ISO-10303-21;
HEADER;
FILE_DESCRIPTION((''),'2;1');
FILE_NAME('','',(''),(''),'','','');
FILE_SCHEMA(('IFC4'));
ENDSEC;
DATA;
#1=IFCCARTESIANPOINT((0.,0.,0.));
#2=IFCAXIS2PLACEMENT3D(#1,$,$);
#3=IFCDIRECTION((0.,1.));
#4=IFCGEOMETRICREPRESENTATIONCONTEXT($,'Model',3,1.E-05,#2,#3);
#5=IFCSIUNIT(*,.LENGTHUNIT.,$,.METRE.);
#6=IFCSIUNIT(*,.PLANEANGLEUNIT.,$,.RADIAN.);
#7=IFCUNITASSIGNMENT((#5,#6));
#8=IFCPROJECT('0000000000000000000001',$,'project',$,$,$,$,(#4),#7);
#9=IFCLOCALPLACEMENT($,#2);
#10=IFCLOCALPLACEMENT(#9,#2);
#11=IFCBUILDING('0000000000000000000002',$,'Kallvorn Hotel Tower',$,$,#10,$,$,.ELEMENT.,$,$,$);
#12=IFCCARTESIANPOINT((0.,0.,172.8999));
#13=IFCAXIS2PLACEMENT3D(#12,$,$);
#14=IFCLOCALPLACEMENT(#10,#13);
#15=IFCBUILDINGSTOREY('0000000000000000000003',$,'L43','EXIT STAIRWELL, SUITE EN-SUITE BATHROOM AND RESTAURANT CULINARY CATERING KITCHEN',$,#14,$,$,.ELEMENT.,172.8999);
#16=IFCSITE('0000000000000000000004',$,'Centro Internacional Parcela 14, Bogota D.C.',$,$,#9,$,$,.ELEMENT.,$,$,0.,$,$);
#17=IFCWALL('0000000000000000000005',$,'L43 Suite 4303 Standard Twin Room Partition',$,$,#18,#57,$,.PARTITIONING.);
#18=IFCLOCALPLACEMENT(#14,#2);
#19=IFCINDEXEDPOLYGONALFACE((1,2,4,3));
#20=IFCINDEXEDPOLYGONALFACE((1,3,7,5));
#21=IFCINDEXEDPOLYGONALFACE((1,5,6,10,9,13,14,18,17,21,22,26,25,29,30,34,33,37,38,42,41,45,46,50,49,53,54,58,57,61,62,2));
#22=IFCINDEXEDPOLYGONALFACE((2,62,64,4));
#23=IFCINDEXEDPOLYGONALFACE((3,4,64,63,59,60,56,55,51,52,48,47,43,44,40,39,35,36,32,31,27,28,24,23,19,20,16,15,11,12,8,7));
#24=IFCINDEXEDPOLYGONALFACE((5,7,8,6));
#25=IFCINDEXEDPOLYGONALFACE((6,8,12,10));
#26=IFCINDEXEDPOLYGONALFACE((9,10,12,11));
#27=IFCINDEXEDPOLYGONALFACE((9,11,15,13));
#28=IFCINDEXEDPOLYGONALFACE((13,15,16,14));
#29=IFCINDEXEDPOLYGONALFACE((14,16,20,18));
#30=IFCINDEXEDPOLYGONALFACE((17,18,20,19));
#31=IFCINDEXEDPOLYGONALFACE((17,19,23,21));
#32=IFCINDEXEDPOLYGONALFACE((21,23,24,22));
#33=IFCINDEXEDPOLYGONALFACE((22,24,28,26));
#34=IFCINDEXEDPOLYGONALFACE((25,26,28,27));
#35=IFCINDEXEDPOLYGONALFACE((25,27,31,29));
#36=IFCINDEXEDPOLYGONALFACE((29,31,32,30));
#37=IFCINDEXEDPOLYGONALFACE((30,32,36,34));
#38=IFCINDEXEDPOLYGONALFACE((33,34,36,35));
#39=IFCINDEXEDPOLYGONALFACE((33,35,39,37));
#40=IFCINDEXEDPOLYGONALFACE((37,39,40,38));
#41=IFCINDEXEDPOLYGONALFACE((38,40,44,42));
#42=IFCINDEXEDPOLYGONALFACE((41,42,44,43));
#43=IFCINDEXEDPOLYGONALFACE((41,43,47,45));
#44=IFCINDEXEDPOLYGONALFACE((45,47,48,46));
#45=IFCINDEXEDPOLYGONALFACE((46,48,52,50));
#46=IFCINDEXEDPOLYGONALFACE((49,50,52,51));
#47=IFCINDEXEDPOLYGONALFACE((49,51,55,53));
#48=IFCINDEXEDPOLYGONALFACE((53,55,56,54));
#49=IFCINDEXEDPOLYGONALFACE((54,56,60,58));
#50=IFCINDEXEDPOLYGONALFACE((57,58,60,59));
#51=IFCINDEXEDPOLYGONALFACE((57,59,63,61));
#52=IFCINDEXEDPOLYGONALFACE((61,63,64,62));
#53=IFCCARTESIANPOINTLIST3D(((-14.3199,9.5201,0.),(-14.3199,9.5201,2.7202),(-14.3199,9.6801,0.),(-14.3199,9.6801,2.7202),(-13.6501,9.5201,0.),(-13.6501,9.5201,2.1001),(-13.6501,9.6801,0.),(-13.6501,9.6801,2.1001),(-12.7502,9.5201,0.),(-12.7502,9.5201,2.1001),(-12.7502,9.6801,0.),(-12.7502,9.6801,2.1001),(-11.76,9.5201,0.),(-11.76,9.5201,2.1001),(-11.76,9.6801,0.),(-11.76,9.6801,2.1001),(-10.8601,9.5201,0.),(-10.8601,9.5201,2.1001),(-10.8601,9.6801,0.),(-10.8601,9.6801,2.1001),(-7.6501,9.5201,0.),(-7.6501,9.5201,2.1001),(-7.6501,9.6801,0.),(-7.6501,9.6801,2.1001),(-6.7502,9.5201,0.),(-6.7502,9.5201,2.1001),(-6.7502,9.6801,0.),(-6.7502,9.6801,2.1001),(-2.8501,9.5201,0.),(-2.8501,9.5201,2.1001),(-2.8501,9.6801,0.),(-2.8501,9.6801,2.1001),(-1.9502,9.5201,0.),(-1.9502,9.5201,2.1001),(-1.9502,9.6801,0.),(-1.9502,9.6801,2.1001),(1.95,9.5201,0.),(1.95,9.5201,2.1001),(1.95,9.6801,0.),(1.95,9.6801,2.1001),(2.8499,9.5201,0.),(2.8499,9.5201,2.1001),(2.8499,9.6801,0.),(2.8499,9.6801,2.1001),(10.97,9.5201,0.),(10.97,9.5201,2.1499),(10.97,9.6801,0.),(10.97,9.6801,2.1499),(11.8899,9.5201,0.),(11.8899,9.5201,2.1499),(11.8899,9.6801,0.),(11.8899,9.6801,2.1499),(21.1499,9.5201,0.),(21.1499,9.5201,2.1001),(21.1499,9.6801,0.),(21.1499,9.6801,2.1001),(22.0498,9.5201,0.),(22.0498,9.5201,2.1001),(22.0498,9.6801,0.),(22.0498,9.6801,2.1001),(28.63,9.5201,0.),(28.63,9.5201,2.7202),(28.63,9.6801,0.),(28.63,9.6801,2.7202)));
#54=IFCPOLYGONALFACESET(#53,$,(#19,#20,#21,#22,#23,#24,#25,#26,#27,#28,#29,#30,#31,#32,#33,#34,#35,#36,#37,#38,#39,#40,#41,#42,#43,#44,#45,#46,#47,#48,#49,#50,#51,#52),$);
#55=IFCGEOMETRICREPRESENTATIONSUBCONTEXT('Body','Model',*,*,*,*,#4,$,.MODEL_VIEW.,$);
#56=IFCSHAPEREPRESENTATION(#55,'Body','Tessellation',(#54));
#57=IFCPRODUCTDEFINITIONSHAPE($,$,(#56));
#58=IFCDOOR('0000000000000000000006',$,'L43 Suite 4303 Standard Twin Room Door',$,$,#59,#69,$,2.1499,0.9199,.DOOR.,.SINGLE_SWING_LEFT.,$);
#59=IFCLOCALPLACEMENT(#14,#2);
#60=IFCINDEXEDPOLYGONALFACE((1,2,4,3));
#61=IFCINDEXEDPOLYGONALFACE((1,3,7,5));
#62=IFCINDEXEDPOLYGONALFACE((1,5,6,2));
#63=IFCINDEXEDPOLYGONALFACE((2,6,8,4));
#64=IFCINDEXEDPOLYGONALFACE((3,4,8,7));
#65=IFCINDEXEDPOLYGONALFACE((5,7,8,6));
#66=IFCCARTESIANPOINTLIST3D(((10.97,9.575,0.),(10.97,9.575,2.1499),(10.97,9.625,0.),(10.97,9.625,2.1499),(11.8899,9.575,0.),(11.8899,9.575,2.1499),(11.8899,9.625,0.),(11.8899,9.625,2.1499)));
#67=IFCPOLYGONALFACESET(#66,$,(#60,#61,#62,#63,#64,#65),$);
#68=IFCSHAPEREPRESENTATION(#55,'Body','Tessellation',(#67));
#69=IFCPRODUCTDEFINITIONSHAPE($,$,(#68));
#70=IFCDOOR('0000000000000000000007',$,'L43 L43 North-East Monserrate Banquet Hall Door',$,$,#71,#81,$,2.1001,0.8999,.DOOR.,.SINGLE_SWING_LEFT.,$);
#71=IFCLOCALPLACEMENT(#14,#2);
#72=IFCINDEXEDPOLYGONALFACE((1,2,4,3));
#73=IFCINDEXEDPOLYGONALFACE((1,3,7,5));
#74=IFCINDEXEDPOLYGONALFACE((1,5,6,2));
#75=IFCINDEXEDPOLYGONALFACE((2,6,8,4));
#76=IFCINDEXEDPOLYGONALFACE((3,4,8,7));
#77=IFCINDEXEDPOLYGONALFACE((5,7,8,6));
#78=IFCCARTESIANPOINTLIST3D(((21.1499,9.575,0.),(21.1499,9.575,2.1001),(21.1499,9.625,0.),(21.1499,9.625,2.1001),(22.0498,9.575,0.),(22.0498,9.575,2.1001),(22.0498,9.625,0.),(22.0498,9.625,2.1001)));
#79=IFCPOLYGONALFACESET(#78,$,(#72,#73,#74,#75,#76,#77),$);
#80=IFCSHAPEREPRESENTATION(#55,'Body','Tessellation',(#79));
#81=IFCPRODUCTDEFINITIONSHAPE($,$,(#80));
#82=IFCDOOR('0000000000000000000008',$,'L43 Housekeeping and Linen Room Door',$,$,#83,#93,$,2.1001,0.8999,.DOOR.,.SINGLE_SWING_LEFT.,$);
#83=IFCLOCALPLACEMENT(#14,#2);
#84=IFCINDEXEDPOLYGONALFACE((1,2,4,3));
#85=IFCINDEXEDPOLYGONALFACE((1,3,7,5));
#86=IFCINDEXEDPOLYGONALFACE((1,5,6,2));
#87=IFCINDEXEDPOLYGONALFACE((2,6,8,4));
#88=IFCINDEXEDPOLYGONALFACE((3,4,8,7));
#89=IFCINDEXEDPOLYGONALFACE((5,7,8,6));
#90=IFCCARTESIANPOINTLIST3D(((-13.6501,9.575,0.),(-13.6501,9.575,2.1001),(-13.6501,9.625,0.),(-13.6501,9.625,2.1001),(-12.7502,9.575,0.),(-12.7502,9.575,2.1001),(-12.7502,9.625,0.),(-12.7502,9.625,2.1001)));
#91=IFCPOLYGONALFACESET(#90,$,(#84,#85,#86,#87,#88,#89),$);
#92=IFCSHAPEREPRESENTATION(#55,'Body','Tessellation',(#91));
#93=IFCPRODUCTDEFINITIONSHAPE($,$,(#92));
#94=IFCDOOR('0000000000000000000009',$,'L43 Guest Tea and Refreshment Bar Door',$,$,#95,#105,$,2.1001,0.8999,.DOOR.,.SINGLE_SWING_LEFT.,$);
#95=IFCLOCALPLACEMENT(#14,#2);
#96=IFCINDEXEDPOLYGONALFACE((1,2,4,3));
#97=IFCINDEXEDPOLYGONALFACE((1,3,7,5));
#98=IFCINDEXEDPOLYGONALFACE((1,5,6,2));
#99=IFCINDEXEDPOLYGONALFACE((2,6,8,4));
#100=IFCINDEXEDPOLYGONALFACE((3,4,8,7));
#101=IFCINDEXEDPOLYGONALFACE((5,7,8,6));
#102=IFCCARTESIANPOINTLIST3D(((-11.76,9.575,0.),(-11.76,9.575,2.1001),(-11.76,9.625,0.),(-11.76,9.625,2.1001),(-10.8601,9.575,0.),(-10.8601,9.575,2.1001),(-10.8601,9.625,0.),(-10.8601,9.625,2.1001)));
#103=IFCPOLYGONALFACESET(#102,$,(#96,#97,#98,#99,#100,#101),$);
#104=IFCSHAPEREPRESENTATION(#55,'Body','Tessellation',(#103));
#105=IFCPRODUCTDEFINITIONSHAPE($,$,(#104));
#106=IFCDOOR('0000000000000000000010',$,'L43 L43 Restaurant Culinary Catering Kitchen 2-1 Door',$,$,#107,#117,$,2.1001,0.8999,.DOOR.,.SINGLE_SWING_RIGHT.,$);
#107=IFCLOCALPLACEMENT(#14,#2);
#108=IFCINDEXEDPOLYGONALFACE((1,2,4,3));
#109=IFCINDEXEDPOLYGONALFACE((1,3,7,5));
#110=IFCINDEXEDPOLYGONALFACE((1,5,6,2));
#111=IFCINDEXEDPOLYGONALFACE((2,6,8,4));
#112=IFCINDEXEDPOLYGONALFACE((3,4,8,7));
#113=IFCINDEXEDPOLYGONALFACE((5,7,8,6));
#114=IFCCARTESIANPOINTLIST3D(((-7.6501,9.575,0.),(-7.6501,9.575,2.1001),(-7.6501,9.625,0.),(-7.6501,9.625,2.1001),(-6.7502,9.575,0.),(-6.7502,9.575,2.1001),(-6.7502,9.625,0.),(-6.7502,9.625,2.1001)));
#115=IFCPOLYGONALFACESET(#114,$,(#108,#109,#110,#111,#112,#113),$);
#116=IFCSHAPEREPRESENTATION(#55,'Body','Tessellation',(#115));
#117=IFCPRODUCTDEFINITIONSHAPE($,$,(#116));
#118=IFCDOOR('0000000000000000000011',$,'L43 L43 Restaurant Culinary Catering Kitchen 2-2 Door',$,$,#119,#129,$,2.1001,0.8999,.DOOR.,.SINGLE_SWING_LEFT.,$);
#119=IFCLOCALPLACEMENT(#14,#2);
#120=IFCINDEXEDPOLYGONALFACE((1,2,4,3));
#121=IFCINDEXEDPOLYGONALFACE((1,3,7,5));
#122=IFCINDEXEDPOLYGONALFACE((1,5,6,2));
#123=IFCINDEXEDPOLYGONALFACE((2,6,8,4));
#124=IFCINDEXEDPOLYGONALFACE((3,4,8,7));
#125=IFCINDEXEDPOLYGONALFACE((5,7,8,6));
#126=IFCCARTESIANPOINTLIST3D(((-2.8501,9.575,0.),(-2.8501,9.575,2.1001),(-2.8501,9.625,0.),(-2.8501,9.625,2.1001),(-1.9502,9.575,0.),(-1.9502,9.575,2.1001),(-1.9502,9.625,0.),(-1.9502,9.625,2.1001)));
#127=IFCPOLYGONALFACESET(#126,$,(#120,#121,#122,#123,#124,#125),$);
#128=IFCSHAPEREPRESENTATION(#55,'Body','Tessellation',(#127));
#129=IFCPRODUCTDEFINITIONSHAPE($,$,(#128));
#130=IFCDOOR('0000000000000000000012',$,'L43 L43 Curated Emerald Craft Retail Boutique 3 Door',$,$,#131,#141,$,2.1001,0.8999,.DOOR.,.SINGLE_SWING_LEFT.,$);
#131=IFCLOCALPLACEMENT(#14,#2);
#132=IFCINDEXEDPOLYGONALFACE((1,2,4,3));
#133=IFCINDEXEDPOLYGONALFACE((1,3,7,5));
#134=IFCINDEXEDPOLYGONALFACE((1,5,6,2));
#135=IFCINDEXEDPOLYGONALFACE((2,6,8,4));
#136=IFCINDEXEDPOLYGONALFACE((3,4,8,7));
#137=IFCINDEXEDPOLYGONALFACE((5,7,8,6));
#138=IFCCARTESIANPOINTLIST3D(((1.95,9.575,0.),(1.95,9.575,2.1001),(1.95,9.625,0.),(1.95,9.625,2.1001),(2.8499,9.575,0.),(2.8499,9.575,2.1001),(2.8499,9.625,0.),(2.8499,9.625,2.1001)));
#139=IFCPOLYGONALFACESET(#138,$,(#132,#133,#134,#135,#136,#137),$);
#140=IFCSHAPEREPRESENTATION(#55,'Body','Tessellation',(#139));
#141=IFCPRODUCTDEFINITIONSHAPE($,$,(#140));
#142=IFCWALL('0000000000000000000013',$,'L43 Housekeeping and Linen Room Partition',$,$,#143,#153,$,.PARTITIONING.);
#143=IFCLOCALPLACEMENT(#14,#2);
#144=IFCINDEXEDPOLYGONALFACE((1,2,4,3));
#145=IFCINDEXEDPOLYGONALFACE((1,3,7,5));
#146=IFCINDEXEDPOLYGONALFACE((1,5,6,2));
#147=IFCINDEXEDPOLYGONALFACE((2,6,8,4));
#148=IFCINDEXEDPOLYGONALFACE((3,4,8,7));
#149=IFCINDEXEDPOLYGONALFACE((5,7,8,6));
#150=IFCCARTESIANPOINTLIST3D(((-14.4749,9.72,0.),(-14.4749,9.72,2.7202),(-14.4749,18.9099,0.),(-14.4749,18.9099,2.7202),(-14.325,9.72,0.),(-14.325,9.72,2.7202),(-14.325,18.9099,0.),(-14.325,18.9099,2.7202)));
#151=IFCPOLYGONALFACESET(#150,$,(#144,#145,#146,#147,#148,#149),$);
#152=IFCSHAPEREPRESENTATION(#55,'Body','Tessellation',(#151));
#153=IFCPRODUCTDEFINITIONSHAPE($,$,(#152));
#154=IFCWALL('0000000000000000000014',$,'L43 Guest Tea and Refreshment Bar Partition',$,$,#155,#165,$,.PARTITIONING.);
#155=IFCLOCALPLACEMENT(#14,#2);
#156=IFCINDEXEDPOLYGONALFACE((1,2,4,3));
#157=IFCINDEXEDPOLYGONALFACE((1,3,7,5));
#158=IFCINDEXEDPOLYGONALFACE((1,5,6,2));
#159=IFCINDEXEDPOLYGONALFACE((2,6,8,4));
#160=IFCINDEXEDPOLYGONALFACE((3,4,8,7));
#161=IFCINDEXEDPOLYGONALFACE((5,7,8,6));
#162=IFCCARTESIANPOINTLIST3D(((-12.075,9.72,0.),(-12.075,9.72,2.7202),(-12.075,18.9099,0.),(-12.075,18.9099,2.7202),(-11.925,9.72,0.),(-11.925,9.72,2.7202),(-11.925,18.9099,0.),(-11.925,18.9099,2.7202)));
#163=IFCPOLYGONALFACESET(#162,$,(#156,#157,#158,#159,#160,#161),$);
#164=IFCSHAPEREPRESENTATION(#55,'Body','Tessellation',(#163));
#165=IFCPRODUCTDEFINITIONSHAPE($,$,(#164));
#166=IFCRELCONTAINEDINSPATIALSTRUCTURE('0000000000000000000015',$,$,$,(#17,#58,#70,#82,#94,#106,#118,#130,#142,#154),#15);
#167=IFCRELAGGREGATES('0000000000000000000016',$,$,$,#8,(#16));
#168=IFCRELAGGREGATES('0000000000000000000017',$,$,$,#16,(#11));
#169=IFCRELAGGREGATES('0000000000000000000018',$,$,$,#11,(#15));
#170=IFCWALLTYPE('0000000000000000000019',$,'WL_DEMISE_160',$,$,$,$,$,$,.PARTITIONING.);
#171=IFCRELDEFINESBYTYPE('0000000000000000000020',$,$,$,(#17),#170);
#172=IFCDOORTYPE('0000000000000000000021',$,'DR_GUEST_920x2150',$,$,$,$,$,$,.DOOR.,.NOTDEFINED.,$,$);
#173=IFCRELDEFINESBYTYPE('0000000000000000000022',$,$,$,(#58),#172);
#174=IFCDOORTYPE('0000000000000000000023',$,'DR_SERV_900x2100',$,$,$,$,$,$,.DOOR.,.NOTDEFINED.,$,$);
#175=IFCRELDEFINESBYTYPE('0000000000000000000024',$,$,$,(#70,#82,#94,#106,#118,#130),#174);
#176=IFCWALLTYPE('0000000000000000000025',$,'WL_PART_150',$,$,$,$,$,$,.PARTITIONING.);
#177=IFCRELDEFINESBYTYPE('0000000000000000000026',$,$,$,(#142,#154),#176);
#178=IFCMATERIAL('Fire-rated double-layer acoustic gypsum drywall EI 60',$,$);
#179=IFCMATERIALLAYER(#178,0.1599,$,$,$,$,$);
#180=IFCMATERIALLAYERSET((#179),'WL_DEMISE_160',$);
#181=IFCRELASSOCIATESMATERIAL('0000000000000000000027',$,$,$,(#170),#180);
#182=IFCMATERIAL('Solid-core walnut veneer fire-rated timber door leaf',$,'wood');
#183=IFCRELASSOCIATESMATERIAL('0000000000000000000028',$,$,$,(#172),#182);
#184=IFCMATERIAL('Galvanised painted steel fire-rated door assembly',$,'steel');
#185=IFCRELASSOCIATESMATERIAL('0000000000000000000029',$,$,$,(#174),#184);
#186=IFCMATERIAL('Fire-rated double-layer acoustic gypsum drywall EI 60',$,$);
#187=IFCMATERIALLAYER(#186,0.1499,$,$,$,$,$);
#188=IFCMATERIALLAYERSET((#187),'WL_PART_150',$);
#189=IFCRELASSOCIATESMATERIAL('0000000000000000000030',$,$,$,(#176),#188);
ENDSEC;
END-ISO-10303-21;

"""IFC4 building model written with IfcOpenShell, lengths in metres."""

from ifc_helpers import new_model, si_unit, direction, frame, frame_2d, origin, place, context, subcontext, project, spatial, rectangle, extrude, material, layer, layer_set, type_object, element, fill, save


model = new_model("IFC4")

# Units and contexts
model_context = context("Model", 3, precision=1e-05, world=origin(), true_north=direction((0.0, 1.0)))
body_context = subcontext(model_context, "Body", "Model", "MODEL_VIEW")
ifc_project = project(units=[si_unit("LENGTHUNIT", "METRE"), si_unit("PLANEANGLEUNIT", "RADIAN")], contexts=[model_context])

# Site, building, storey
site_placement = place(None, origin())
site = spatial("IfcSite", under=ifc_project, at=site_placement, Name="Centro Internacional Parcela 14, Bogota D.C.", CompositionType="ELEMENT", RefElevation=0.0)
building_placement = place(site_placement, origin())
building = spatial("IfcBuilding", under=site, at=building_placement, Name="Kallvorn Hotel Tower", CompositionType="ELEMENT")
storey_placement = place(building_placement, frame((0.0, 0.0, 172.8999)))
storey = spatial("IfcBuildingStorey", under=building, at=storey_placement, Name="L43", Description="EXIT STAIRWELL, SUITE EN-SUITE BATHROOM AND RESTAURANT CULINARY CATERING KITCHEN", CompositionType="ELEMENT", Elevation=172.8999)

# Wall, openings, doors
ifc_material_1 = material(Name="Fire-rated double-layer acoustic gypsum drywall EI 60")
ifc_layer_1 = layer(ifc_material_1, 0.1599)
ifc_layer_set_1 = layer_set([ifc_layer_1], Name="WL_DEMISE_160")
wall_type_1 = type_object("IfcWallType", Name="WL_DEMISE_160", PredefinedType="PARTITIONING", material=ifc_layer_set_1)
wall_placement = place(storey_placement, frame((-14.3201, 9.6001, 0.0), z_axis=(0.0, 0.0, 1.0), x_axis=(1.0, 0.0, 0.0)))
wall = element("IfcWall", 1, at=wall_placement, inside=storey, type_object=wall_type_1, Name="L43 Suite 4303 Standard Twin Room Partition", PredefinedType="PARTITIONING", context=body_context, shape_type="SweptSolid", body=[
    extrude(rectangle(XDim=42.95, YDim=0.1599, at=frame_2d((21.4751, 0.0))), origin(), (0.0, 0.0, 1.0), 2.7202),
])
opening_1_placement = place(wall_placement, frame((35.47, 0.0, 0.0)))
opening_1 = element("IfcOpeningElement", 2, at=opening_1_placement, cuts=wall, PredefinedType="OPENING", context=body_context, shape_type="SweptSolid", body=[
    extrude(rectangle(XDim=0.8999, YDim=2.1001, at=frame_2d((0.45, 1.05))), frame((0.0, 0.095, 0.0), z_axis=(0.0, -1.0, 0.0), x_axis=(1.0, 0.0, 0.0)), (0.0, 0.0, 1.0), 0.1899),
])
opening_2_placement = place(wall_placement, frame((0.6699, 0.0, 0.0)))
opening_2 = element("IfcOpeningElement", 3, at=opening_2_placement, cuts=wall, PredefinedType="OPENING", context=body_context, shape_type="SweptSolid", body=[
    extrude(rectangle(XDim=0.8999, YDim=2.1001, at=frame_2d((0.45, 1.05))), frame((0.0, 0.095, 0.0), z_axis=(0.0, -1.0, 0.0), x_axis=(1.0, 0.0, 0.0)), (0.0, 0.0, 1.0), 0.1899),
])
opening_3_placement = place(wall_placement, frame((2.5601, 0.0, 0.0)))
opening_3 = element("IfcOpeningElement", 4, at=opening_3_placement, cuts=wall, PredefinedType="OPENING", context=body_context, shape_type="SweptSolid", body=[
    extrude(rectangle(XDim=0.8999, YDim=2.1001, at=frame_2d((0.45, 1.05))), frame((0.0, 0.095, 0.0), z_axis=(0.0, -1.0, 0.0), x_axis=(1.0, 0.0, 0.0)), (0.0, 0.0, 1.0), 0.1899),
])
opening_4_placement = place(wall_placement, frame((6.6699, 0.0, 0.0)))
opening_4 = element("IfcOpeningElement", 5, at=opening_4_placement, cuts=wall, PredefinedType="OPENING", context=body_context, shape_type="SweptSolid", body=[
    extrude(rectangle(XDim=0.8999, YDim=2.1001, at=frame_2d((0.45, 1.05))), frame((0.0, 0.095, 0.0), z_axis=(0.0, -1.0, 0.0), x_axis=(1.0, 0.0, 0.0)), (0.0, 0.0, 1.0), 0.1899),
])
opening_5_placement = place(wall_placement, frame((11.47, 0.0, 0.0)))
opening_5 = element("IfcOpeningElement", 6, at=opening_5_placement, cuts=wall, PredefinedType="OPENING", context=body_context, shape_type="SweptSolid", body=[
    extrude(rectangle(XDim=0.8999, YDim=2.1001, at=frame_2d((0.45, 1.05))), frame((0.0, 0.095, 0.0), z_axis=(0.0, -1.0, 0.0), x_axis=(1.0, 0.0, 0.0)), (0.0, 0.0, 1.0), 0.1899),
])
opening_6_placement = place(wall_placement, frame((16.27, 0.0, 0.0)))
opening_6 = element("IfcOpeningElement", 7, at=opening_6_placement, cuts=wall, PredefinedType="OPENING", context=body_context, shape_type="SweptSolid", body=[
    extrude(rectangle(XDim=0.8999, YDim=2.1001, at=frame_2d((0.45, 1.05))), frame((0.0, 0.095, 0.0), z_axis=(0.0, -1.0, 0.0), x_axis=(1.0, 0.0, 0.0)), (0.0, 0.0, 1.0), 0.1899),
])
opening_7_placement = place(wall_placement, frame((25.29, 0.0, 0.0)))
opening_7 = element("IfcOpeningElement", 8, at=opening_7_placement, cuts=wall, PredefinedType="OPENING", context=body_context, shape_type="SweptSolid", body=[
    extrude(rectangle(XDim=0.9199, YDim=2.1499, at=frame_2d((0.46, 1.075))), frame((0.0, 0.095, 0.0), z_axis=(0.0, -1.0, 0.0), x_axis=(1.0, 0.0, 0.0)), (0.0, 0.0, 1.0), 0.1899),
])
ifc_material_2 = material(Name="Solid-core walnut veneer fire-rated timber door leaf", Category="wood")
door_type_1 = type_object("IfcDoorType", Name="DR_GUEST_920x2150", OperationType="NOTDEFINED", PredefinedType="DOOR", material=ifc_material_2)
door_1_placement = place(opening_7_placement, origin())
door_1 = element("IfcDoor", 9, at=door_1_placement, inside=storey, type_object=door_type_1, Name="L43 Suite 4303 Standard Twin Room Door", OperationType="SINGLE_SWING_LEFT", OverallHeight=2.1499, OverallWidth=0.9199, PredefinedType="DOOR", context=body_context, shape_type="SweptSolid", body=[
    extrude(rectangle(XDim=0.9199, YDim=2.1499, at=frame_2d((0.46, 1.075))), frame((0.0, 0.0249, 0.0), z_axis=(0.0, -1.0, 0.0), x_axis=(1.0, 0.0, 0.0)), (0.0, 0.0, 1.0), 0.05),
])
fill(opening_7, door_1)
ifc_material_3 = material(Name="Galvanised painted steel fire-rated door assembly", Category="steel")
door_type_2 = type_object("IfcDoorType", Name="DR_SERV_900x2100", OperationType="NOTDEFINED", PredefinedType="DOOR", material=ifc_material_3)
door_2_placement = place(opening_1_placement, origin())
door_2 = element("IfcDoor", 10, at=door_2_placement, inside=storey, type_object=door_type_2, Name="L43 L43 North-East Monserrate Banquet Hall Door", OperationType="SINGLE_SWING_LEFT", OverallHeight=2.1001, OverallWidth=0.8999, PredefinedType="DOOR", context=body_context, shape_type="SweptSolid", body=[
    extrude(rectangle(XDim=0.8999, YDim=2.1001, at=frame_2d((0.45, 1.05))), frame((0.0, 0.0249, 0.0), z_axis=(0.0, -1.0, 0.0), x_axis=(1.0, 0.0, 0.0)), (0.0, 0.0, 1.0), 0.05),
])
fill(opening_1, door_2)
door_3_placement = place(opening_2_placement, origin())
door_3 = element("IfcDoor", 11, at=door_3_placement, inside=storey, type_object=door_type_2, Name="L43 Housekeeping and Linen Room Door", OperationType="SINGLE_SWING_LEFT", OverallHeight=2.1001, OverallWidth=0.8999, PredefinedType="DOOR", context=body_context, shape_type="SweptSolid", body=[
    extrude(rectangle(XDim=0.8999, YDim=2.1001, at=frame_2d((0.45, 1.05))), frame((0.0, 0.0249, 0.0), z_axis=(0.0, -1.0, 0.0), x_axis=(1.0, 0.0, 0.0)), (0.0, 0.0, 1.0), 0.05),
])
fill(opening_2, door_3)
door_4_placement = place(opening_3_placement, origin())
door_4 = element("IfcDoor", 12, at=door_4_placement, inside=storey, type_object=door_type_2, Name="L43 Guest Tea and Refreshment Bar Door", OperationType="SINGLE_SWING_LEFT", OverallHeight=2.1001, OverallWidth=0.8999, PredefinedType="DOOR", context=body_context, shape_type="SweptSolid", body=[
    extrude(rectangle(XDim=0.8999, YDim=2.1001, at=frame_2d((0.45, 1.05))), frame((0.0, 0.0249, 0.0), z_axis=(0.0, -1.0, 0.0), x_axis=(1.0, 0.0, 0.0)), (0.0, 0.0, 1.0), 0.05),
])
fill(opening_3, door_4)
door_5_placement = place(opening_4_placement, origin())
door_5 = element("IfcDoor", 13, at=door_5_placement, inside=storey, type_object=door_type_2, Name="L43 L43 Restaurant Culinary Catering Kitchen 2-1 Door", OperationType="SINGLE_SWING_RIGHT", OverallHeight=2.1001, OverallWidth=0.8999, PredefinedType="DOOR", context=body_context, shape_type="SweptSolid", body=[
    extrude(rectangle(XDim=0.8999, YDim=2.1001, at=frame_2d((0.45, 1.05))), frame((0.0, 0.0249, 0.0), z_axis=(0.0, -1.0, 0.0), x_axis=(1.0, 0.0, 0.0)), (0.0, 0.0, 1.0), 0.05),
])
fill(opening_4, door_5)
door_6_placement = place(opening_5_placement, origin())
door_6 = element("IfcDoor", 14, at=door_6_placement, inside=storey, type_object=door_type_2, Name="L43 L43 Restaurant Culinary Catering Kitchen 2-2 Door", OperationType="SINGLE_SWING_LEFT", OverallHeight=2.1001, OverallWidth=0.8999, PredefinedType="DOOR", context=body_context, shape_type="SweptSolid", body=[
    extrude(rectangle(XDim=0.8999, YDim=2.1001, at=frame_2d((0.45, 1.05))), frame((0.0, 0.0249, 0.0), z_axis=(0.0, -1.0, 0.0), x_axis=(1.0, 0.0, 0.0)), (0.0, 0.0, 1.0), 0.05),
])
fill(opening_5, door_6)
door_7_placement = place(opening_6_placement, origin())
door_7 = element("IfcDoor", 15, at=door_7_placement, inside=storey, type_object=door_type_2, Name="L43 L43 Curated Emerald Craft Retail Boutique 3 Door", OperationType="SINGLE_SWING_LEFT", OverallHeight=2.1001, OverallWidth=0.8999, PredefinedType="DOOR", context=body_context, shape_type="SweptSolid", body=[
    extrude(rectangle(XDim=0.8999, YDim=2.1001, at=frame_2d((0.45, 1.05))), frame((0.0, 0.0249, 0.0), z_axis=(0.0, -1.0, 0.0), x_axis=(1.0, 0.0, 0.0)), (0.0, 0.0, 1.0), 0.05),
])
fill(opening_6, door_7)

# Walls
ifc_material_4 = material(Name="Fire-rated double-layer acoustic gypsum drywall EI 60")
ifc_layer_2 = layer(ifc_material_4, 0.1499)
ifc_layer_set_2 = layer_set([ifc_layer_2], Name="WL_PART_150")
wall_type_2 = type_object("IfcWallType", Name="WL_PART_150", PredefinedType="PARTITIONING", material=ifc_layer_set_2)
for number, where, z_axis, x_axis, name in (
    (16, (-14.3999, 9.72, 0.0), (0.0, 0.0, 1.0), (0.0, 1.0, 0.0), "L43 Housekeeping and Linen Room Partition"),
    (17, (-12.0, 9.72, 0.0), (0.0, 0.0, 1.0), (0.0, 1.0, 0.0), "L43 Guest Tea and Refreshment Bar Partition"),
):
    element("IfcWall", number, at=place(storey_placement, frame(where, z_axis=z_axis, x_axis=x_axis)), inside=storey, type_object=wall_type_2, Name=name, PredefinedType="PARTITIONING", context=body_context, shape_type="SweptSolid", body=[
        extrude(rectangle(XDim=9.1899, YDim=0.1499, at=frame_2d((4.595, 0.0))), origin(), (0.0, 0.0, 1.0), 2.7202),
    ])

save(model, "model.ifc")
